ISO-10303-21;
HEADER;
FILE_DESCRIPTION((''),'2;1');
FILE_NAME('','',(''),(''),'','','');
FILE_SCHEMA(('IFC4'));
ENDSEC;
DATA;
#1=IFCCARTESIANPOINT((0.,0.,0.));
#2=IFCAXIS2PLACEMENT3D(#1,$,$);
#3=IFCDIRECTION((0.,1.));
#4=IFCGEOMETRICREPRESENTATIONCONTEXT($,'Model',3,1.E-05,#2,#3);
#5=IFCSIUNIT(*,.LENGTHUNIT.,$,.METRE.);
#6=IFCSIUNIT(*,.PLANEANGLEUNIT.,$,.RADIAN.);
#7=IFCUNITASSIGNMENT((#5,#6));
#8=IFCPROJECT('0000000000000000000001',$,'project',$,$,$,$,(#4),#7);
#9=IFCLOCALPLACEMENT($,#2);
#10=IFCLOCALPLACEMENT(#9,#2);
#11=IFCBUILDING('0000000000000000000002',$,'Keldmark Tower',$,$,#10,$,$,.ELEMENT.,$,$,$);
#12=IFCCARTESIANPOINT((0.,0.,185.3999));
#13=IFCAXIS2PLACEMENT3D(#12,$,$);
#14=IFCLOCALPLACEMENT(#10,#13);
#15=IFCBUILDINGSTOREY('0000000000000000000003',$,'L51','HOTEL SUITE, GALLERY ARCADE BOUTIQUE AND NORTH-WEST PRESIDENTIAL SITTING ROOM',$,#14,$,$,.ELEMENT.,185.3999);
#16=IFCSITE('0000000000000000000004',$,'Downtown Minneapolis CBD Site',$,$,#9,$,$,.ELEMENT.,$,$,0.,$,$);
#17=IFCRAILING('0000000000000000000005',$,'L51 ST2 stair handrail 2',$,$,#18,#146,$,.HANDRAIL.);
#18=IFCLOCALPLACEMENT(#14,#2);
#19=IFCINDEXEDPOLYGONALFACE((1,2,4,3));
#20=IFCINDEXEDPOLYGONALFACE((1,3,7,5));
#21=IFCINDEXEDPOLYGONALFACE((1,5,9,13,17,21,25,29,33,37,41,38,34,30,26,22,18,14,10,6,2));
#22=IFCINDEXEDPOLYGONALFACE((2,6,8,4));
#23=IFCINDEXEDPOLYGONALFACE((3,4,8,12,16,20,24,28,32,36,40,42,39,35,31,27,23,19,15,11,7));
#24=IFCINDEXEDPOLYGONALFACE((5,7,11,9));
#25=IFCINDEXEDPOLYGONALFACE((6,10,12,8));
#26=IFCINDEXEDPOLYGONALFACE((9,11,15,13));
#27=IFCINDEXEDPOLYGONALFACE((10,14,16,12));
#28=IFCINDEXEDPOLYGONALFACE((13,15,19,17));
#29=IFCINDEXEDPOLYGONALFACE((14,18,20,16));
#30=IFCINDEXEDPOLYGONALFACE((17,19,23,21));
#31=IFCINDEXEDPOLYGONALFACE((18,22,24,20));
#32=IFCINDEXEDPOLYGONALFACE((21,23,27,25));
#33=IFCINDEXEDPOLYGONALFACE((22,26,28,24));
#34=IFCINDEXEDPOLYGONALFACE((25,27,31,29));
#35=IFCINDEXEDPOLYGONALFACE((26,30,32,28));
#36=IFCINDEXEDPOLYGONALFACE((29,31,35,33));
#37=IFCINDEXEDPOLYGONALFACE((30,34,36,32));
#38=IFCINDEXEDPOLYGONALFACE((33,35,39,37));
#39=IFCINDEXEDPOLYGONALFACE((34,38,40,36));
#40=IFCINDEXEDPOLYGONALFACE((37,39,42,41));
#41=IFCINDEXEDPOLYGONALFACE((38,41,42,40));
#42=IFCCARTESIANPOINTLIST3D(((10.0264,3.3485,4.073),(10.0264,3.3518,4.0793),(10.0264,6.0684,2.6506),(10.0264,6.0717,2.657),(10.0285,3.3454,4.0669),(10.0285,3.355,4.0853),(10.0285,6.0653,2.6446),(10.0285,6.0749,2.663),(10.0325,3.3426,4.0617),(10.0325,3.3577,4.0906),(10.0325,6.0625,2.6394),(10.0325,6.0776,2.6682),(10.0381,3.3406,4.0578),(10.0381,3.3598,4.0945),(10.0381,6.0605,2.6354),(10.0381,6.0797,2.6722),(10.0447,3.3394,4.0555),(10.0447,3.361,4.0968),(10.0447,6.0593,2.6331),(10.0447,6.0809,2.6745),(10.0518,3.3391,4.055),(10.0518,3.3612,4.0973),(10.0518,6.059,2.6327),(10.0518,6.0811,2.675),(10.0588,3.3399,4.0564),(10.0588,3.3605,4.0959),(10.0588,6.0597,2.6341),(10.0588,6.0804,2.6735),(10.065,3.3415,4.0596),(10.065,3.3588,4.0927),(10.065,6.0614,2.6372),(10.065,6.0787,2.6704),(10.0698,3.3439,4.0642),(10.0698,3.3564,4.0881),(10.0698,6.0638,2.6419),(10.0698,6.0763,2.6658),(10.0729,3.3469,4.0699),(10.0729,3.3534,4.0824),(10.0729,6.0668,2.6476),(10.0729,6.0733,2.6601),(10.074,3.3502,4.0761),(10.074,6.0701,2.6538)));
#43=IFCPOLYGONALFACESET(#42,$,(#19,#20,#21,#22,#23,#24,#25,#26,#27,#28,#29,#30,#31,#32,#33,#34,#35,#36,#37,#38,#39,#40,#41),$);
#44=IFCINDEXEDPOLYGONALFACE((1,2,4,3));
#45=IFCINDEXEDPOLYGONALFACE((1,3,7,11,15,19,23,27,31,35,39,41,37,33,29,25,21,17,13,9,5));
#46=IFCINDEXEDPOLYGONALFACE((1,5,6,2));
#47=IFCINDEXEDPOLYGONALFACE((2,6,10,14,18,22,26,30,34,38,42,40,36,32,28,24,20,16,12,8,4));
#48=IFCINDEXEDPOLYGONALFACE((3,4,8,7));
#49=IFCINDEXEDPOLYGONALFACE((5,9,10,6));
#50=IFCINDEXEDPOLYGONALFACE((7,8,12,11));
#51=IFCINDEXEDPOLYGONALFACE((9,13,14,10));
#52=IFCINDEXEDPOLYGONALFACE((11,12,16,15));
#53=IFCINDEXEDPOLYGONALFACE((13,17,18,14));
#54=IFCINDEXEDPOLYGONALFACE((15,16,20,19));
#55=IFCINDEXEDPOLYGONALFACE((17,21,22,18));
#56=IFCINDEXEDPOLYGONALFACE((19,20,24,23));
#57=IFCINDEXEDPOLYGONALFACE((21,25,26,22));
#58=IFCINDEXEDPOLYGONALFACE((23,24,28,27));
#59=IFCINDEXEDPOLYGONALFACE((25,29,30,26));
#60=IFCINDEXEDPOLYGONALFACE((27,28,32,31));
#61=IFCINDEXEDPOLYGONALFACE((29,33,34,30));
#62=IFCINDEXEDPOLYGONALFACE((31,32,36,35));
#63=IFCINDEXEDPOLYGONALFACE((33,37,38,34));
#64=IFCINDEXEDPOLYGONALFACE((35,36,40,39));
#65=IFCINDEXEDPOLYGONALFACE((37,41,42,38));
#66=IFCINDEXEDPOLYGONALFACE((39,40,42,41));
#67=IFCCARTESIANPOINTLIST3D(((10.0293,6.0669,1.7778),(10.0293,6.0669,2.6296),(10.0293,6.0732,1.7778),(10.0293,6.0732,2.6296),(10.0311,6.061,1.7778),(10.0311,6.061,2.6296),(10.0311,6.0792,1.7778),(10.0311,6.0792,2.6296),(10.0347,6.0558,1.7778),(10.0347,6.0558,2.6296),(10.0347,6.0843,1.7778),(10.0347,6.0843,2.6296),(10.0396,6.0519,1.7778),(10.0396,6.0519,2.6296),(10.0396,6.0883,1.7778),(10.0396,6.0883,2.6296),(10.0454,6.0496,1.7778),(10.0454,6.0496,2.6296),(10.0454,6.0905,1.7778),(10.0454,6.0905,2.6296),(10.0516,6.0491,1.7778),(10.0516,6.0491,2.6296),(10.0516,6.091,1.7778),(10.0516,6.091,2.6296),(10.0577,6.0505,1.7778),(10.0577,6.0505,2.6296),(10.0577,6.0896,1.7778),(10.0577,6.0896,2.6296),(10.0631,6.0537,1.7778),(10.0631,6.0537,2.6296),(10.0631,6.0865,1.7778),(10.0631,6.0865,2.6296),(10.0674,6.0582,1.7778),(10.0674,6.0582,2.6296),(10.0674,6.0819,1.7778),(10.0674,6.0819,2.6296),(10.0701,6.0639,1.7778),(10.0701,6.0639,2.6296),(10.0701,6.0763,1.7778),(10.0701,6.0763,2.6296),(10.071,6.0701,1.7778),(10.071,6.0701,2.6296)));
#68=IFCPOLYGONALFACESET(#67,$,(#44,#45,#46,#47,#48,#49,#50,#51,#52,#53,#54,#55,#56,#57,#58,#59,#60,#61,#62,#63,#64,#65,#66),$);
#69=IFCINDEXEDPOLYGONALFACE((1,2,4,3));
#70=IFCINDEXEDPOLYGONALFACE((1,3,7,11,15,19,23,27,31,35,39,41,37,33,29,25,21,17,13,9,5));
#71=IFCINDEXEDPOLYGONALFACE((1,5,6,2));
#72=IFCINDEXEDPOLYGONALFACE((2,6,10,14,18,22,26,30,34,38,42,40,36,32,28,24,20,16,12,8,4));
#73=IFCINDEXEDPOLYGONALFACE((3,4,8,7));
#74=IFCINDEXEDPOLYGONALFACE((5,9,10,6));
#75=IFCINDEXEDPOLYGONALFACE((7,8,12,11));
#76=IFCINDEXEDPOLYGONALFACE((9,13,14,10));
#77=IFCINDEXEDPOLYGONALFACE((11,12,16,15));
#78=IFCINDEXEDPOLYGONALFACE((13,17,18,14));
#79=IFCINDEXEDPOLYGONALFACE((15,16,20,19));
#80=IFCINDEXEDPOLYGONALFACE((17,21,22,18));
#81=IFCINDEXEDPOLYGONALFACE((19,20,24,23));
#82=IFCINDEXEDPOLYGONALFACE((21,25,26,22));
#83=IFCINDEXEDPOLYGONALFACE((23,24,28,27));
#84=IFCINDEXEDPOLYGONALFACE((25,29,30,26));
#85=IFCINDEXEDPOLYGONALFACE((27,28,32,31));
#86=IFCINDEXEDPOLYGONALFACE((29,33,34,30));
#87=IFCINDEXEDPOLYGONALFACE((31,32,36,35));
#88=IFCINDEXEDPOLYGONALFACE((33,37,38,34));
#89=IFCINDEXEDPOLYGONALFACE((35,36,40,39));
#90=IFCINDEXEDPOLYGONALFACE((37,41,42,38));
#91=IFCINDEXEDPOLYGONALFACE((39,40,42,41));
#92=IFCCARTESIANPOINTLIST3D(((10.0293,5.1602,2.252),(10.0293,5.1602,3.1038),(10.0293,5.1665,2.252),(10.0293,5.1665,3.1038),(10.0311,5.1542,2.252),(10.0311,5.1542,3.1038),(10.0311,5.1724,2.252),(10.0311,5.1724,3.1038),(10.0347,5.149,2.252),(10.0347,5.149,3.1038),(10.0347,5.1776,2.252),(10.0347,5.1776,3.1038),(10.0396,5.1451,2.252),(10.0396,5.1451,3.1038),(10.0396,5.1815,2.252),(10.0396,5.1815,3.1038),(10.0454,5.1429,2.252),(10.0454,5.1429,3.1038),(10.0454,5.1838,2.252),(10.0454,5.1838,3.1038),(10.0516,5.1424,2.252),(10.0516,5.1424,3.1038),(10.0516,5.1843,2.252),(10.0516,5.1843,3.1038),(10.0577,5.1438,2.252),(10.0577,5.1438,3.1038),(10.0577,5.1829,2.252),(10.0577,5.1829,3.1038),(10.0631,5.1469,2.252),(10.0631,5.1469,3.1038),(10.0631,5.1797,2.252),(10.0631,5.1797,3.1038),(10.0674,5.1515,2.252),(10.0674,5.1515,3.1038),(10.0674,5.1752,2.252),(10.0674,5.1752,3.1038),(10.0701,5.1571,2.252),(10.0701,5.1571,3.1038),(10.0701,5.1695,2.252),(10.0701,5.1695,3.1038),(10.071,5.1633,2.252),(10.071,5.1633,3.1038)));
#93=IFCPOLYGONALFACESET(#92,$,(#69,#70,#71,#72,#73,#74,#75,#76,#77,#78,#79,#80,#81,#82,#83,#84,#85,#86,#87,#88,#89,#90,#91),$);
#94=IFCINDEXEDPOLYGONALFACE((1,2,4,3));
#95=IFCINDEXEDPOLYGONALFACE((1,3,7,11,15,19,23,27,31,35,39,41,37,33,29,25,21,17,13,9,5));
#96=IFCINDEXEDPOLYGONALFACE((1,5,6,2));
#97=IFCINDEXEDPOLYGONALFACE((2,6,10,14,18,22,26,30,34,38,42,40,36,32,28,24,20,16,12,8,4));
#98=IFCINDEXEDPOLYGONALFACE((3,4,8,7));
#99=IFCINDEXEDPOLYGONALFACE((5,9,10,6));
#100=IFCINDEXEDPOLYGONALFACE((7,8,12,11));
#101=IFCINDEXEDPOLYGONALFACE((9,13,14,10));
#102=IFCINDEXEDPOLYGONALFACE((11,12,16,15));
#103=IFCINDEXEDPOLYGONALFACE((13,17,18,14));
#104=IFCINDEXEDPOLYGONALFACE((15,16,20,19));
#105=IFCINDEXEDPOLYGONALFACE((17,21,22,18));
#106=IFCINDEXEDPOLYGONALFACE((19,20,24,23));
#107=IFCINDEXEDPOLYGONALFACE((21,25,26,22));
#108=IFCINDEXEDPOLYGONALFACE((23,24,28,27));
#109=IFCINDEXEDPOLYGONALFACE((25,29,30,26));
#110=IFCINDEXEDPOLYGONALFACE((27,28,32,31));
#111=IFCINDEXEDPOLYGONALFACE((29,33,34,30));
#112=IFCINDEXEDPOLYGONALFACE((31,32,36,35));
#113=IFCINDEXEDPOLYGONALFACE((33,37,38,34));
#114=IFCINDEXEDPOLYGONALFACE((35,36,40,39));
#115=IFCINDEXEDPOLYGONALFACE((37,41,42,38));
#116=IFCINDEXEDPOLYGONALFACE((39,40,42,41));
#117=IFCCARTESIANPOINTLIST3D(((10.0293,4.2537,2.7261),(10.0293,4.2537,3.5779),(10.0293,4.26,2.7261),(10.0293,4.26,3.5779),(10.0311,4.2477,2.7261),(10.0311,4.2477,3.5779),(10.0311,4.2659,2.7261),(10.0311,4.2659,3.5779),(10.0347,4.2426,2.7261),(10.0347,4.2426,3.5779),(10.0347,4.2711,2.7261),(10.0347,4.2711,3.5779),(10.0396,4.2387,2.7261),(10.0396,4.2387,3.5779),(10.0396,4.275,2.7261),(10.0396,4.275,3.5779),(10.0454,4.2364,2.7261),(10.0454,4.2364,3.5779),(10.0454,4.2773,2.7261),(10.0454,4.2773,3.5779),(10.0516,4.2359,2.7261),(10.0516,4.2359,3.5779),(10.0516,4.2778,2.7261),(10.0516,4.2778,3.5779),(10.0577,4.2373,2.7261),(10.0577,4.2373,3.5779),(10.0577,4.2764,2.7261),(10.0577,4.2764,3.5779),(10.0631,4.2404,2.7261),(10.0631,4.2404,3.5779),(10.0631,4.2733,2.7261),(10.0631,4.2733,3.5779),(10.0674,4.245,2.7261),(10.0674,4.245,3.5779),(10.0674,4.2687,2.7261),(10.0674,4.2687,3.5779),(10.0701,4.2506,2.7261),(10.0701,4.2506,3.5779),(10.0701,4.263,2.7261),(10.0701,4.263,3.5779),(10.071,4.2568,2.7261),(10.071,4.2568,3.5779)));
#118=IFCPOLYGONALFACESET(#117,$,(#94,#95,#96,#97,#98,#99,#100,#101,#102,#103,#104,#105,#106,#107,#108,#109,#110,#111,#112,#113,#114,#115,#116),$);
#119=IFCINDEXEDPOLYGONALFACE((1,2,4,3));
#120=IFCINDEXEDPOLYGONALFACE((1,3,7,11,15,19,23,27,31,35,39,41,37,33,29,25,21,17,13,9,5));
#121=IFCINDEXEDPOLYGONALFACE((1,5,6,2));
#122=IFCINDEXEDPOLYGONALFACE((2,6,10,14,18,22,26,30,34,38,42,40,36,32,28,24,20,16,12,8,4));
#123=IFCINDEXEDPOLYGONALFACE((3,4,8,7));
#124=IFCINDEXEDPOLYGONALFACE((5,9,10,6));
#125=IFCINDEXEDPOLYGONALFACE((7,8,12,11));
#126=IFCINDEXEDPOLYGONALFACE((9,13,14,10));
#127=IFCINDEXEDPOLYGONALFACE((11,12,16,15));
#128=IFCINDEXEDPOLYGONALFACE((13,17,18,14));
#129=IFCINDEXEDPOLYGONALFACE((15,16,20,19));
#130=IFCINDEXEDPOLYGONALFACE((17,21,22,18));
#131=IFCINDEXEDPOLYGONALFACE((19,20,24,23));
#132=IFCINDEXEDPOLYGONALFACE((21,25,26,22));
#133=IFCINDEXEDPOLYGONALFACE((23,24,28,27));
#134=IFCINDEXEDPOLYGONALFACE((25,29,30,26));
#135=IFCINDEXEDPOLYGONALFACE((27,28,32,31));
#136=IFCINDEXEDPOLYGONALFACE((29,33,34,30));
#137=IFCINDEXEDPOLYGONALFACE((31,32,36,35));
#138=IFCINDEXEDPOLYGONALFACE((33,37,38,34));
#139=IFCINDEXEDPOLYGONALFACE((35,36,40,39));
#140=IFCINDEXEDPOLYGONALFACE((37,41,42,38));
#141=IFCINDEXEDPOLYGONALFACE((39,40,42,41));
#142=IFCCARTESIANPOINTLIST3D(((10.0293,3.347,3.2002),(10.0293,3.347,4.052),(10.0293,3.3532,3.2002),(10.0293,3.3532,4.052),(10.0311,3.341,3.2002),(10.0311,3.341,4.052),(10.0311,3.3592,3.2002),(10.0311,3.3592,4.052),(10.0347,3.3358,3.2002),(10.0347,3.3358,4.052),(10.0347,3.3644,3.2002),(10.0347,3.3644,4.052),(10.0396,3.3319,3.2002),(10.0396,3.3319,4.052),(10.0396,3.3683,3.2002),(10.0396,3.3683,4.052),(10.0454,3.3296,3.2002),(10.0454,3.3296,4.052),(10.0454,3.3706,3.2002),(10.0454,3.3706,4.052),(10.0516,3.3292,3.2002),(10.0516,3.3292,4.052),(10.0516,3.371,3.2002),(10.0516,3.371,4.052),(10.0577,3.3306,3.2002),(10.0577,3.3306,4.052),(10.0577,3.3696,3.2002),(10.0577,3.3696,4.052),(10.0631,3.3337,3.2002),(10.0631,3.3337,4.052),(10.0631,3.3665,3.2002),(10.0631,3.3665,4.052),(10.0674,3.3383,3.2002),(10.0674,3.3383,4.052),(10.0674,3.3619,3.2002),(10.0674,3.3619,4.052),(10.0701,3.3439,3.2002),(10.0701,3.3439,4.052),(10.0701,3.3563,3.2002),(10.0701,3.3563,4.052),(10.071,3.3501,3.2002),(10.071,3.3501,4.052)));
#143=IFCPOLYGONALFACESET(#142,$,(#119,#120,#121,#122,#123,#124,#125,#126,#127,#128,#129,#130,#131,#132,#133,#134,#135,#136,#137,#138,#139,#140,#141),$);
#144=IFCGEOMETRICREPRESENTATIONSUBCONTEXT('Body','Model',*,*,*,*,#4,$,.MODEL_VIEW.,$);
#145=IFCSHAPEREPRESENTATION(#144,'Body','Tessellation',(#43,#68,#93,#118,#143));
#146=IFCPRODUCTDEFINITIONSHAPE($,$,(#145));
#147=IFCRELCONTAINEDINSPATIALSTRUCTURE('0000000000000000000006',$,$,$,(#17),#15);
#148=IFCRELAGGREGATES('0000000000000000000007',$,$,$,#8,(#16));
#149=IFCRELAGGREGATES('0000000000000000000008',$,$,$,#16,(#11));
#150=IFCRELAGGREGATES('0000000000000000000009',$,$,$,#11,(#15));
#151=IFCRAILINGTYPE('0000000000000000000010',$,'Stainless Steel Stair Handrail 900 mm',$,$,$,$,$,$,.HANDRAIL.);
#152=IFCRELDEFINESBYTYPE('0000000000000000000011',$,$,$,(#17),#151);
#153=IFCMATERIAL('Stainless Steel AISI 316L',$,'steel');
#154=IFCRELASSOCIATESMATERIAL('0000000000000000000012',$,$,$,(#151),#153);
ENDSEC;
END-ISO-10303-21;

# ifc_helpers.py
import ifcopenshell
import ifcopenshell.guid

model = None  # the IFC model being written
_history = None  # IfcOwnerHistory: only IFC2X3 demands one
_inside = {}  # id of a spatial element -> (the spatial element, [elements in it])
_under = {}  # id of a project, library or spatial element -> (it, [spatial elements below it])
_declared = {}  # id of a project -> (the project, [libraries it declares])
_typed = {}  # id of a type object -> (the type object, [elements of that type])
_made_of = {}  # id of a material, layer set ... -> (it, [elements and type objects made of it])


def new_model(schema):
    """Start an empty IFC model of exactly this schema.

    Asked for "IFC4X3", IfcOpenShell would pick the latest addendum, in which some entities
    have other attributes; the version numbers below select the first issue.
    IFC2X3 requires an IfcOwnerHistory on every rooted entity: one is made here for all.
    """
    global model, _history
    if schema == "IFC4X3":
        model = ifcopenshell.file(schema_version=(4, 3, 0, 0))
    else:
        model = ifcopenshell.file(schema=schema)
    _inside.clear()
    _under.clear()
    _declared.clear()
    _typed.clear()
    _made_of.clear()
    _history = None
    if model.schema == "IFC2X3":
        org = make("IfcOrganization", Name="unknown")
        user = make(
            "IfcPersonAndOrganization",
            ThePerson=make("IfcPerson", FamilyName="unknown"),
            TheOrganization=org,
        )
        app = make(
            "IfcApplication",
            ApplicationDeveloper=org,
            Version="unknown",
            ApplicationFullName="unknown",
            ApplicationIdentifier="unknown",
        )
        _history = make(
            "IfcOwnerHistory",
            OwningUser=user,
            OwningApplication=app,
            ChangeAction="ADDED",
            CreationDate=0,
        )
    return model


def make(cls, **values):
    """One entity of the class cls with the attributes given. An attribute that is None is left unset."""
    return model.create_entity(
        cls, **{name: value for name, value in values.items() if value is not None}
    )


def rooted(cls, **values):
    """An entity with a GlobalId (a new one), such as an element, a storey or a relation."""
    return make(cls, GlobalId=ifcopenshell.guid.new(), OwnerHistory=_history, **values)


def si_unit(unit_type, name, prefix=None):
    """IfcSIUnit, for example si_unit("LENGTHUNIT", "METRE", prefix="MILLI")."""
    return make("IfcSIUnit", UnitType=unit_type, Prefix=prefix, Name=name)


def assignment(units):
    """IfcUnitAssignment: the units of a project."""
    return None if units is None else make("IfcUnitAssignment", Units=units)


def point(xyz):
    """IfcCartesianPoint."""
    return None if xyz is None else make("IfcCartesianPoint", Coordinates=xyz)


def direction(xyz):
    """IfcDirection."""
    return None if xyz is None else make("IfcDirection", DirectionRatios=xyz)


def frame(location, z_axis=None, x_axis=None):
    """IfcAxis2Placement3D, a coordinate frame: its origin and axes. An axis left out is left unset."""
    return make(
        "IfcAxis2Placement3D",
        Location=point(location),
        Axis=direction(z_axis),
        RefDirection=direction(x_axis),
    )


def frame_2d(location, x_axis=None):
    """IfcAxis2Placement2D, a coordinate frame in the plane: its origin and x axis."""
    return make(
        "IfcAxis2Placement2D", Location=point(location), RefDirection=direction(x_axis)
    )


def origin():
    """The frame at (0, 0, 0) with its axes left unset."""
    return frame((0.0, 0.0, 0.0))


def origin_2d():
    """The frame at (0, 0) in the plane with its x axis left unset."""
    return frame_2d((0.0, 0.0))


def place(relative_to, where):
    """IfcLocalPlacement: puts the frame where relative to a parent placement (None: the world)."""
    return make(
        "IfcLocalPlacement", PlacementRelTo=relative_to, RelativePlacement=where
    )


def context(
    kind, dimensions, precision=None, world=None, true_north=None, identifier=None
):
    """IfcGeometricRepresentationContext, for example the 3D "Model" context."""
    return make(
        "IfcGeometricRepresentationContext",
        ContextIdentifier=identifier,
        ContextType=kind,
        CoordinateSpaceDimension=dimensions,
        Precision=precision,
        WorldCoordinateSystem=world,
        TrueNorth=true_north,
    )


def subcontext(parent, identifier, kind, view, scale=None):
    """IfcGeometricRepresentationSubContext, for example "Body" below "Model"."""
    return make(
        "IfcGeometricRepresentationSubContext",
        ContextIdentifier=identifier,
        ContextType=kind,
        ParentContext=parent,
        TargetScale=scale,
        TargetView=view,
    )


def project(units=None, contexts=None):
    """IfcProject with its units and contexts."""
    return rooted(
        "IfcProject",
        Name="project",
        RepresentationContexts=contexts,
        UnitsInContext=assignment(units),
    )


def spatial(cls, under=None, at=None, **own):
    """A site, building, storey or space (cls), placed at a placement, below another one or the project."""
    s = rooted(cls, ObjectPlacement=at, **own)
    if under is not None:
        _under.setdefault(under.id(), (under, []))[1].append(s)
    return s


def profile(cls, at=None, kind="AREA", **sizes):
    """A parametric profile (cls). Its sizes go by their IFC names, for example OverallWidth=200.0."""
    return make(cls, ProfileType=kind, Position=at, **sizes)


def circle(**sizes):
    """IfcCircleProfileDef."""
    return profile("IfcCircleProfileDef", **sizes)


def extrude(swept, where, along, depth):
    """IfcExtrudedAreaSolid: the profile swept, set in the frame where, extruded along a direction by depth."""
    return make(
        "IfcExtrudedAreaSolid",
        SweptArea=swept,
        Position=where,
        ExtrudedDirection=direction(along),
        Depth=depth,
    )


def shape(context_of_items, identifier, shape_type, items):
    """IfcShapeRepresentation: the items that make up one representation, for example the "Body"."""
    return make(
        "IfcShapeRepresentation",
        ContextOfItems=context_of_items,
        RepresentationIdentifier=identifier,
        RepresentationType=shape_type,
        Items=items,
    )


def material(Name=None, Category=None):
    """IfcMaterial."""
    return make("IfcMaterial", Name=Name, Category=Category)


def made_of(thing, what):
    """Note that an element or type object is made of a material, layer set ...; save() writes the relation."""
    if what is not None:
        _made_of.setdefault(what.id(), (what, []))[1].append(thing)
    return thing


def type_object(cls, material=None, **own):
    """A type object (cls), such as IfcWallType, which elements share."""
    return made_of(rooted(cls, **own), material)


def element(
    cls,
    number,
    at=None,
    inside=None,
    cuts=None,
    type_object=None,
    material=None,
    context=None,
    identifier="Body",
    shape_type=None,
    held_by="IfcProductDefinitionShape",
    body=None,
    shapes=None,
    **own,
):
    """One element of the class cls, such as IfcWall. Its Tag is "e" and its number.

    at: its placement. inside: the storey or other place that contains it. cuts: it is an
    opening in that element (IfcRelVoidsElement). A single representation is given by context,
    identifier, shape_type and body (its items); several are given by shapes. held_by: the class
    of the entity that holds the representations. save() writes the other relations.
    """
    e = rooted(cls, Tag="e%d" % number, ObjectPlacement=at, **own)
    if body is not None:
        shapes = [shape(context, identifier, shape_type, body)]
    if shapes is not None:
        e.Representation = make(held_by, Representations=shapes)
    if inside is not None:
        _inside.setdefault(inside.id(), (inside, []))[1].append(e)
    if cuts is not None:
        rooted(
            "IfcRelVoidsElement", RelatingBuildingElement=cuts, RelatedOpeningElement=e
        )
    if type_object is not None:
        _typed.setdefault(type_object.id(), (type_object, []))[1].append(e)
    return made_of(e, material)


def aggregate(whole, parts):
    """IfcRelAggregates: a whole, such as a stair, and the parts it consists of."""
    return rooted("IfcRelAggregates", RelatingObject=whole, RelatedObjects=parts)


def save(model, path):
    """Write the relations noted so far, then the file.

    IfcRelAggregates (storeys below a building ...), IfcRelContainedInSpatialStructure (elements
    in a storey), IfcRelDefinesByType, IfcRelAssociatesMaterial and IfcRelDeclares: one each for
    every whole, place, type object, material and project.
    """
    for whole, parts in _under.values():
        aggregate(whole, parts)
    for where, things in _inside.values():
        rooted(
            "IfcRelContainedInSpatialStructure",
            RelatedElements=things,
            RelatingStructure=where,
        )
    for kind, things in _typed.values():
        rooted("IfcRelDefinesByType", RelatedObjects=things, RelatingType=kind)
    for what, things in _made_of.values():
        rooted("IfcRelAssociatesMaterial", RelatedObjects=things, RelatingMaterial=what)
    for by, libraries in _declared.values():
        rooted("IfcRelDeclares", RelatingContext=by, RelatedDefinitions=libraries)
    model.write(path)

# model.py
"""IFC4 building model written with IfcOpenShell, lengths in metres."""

from ifc_helpers import new_model, si_unit, direction, frame, origin, origin_2d, place, context, subcontext, project, spatial, circle, extrude, material, type_object, element, save


model = new_model("IFC4")

# Units and contexts
model_context = context("Model", 3, precision=1e-05, world=origin(), true_north=direction((0.0, 1.0)))
body_context = subcontext(model_context, "Body", "Model", "MODEL_VIEW")
ifc_project = project(units=[si_unit("LENGTHUNIT", "METRE"), si_unit("PLANEANGLEUNIT", "RADIAN")], contexts=[model_context])

# Site, building, storey
site_placement = place(None, origin())
site = spatial("IfcSite", under=ifc_project, at=site_placement, Name="Downtown Minneapolis CBD Site", CompositionType="ELEMENT", RefElevation=0.0)
building_placement = place(site_placement, origin())
building = spatial("IfcBuilding", under=site, at=building_placement, Name="Keldmark Tower", CompositionType="ELEMENT")
storey_placement = place(building_placement, frame((0.0, 0.0, 185.3999)))
storey = spatial("IfcBuildingStorey", under=building, at=storey_placement, Name="L51", Description="HOTEL SUITE, GALLERY ARCADE BOUTIQUE AND NORTH-WEST PRESIDENTIAL SITTING ROOM", CompositionType="ELEMENT", Elevation=185.3999)

# Railing
ifc_material_1 = material(Name="Stainless Steel AISI 316L", Category="steel")
railing_type = type_object("IfcRailingType", Name="Stainless Steel Stair Handrail 900 mm", PredefinedType="HANDRAIL", material=ifc_material_1)
railing_placement = place(storey_placement, frame((10.05, 6.0701, 1.7778)))
element("IfcRailing", 1, at=railing_placement, inside=storey, type_object=railing_type, Name="L51 ST2 stair handrail 2", PredefinedType="HANDRAIL", context=body_context, shape_type="SweptSolid", body=[
    extrude(circle(Radius=0.0239, at=origin_2d()), frame((0.0, 0.0, 0.876), z_axis=(0.0, -0.88615, 0.463398), x_axis=(1.0, 0.0, 0.0)), (0.0, 0.0, 1.0), 3.0693),
    extrude(circle(Radius=0.021, at=origin_2d()), origin(), (0.0, 0.0, 1.0), 0.8518),
    extrude(circle(Radius=0.021, at=origin_2d()), frame((0.0, -0.9067, 0.4741)), (0.0, 0.0, 1.0), 0.8518),
    extrude(circle(Radius=0.021, at=origin_2d()), frame((0.0, -1.8132, 0.9482)), (0.0, 0.0, 1.0), 0.8518),
    extrude(circle(Radius=0.021, at=origin_2d()), frame((0.0, -2.72, 1.4224)), (0.0, 0.0, 1.0), 0.8518),
])

save(model, "model.ifc")
